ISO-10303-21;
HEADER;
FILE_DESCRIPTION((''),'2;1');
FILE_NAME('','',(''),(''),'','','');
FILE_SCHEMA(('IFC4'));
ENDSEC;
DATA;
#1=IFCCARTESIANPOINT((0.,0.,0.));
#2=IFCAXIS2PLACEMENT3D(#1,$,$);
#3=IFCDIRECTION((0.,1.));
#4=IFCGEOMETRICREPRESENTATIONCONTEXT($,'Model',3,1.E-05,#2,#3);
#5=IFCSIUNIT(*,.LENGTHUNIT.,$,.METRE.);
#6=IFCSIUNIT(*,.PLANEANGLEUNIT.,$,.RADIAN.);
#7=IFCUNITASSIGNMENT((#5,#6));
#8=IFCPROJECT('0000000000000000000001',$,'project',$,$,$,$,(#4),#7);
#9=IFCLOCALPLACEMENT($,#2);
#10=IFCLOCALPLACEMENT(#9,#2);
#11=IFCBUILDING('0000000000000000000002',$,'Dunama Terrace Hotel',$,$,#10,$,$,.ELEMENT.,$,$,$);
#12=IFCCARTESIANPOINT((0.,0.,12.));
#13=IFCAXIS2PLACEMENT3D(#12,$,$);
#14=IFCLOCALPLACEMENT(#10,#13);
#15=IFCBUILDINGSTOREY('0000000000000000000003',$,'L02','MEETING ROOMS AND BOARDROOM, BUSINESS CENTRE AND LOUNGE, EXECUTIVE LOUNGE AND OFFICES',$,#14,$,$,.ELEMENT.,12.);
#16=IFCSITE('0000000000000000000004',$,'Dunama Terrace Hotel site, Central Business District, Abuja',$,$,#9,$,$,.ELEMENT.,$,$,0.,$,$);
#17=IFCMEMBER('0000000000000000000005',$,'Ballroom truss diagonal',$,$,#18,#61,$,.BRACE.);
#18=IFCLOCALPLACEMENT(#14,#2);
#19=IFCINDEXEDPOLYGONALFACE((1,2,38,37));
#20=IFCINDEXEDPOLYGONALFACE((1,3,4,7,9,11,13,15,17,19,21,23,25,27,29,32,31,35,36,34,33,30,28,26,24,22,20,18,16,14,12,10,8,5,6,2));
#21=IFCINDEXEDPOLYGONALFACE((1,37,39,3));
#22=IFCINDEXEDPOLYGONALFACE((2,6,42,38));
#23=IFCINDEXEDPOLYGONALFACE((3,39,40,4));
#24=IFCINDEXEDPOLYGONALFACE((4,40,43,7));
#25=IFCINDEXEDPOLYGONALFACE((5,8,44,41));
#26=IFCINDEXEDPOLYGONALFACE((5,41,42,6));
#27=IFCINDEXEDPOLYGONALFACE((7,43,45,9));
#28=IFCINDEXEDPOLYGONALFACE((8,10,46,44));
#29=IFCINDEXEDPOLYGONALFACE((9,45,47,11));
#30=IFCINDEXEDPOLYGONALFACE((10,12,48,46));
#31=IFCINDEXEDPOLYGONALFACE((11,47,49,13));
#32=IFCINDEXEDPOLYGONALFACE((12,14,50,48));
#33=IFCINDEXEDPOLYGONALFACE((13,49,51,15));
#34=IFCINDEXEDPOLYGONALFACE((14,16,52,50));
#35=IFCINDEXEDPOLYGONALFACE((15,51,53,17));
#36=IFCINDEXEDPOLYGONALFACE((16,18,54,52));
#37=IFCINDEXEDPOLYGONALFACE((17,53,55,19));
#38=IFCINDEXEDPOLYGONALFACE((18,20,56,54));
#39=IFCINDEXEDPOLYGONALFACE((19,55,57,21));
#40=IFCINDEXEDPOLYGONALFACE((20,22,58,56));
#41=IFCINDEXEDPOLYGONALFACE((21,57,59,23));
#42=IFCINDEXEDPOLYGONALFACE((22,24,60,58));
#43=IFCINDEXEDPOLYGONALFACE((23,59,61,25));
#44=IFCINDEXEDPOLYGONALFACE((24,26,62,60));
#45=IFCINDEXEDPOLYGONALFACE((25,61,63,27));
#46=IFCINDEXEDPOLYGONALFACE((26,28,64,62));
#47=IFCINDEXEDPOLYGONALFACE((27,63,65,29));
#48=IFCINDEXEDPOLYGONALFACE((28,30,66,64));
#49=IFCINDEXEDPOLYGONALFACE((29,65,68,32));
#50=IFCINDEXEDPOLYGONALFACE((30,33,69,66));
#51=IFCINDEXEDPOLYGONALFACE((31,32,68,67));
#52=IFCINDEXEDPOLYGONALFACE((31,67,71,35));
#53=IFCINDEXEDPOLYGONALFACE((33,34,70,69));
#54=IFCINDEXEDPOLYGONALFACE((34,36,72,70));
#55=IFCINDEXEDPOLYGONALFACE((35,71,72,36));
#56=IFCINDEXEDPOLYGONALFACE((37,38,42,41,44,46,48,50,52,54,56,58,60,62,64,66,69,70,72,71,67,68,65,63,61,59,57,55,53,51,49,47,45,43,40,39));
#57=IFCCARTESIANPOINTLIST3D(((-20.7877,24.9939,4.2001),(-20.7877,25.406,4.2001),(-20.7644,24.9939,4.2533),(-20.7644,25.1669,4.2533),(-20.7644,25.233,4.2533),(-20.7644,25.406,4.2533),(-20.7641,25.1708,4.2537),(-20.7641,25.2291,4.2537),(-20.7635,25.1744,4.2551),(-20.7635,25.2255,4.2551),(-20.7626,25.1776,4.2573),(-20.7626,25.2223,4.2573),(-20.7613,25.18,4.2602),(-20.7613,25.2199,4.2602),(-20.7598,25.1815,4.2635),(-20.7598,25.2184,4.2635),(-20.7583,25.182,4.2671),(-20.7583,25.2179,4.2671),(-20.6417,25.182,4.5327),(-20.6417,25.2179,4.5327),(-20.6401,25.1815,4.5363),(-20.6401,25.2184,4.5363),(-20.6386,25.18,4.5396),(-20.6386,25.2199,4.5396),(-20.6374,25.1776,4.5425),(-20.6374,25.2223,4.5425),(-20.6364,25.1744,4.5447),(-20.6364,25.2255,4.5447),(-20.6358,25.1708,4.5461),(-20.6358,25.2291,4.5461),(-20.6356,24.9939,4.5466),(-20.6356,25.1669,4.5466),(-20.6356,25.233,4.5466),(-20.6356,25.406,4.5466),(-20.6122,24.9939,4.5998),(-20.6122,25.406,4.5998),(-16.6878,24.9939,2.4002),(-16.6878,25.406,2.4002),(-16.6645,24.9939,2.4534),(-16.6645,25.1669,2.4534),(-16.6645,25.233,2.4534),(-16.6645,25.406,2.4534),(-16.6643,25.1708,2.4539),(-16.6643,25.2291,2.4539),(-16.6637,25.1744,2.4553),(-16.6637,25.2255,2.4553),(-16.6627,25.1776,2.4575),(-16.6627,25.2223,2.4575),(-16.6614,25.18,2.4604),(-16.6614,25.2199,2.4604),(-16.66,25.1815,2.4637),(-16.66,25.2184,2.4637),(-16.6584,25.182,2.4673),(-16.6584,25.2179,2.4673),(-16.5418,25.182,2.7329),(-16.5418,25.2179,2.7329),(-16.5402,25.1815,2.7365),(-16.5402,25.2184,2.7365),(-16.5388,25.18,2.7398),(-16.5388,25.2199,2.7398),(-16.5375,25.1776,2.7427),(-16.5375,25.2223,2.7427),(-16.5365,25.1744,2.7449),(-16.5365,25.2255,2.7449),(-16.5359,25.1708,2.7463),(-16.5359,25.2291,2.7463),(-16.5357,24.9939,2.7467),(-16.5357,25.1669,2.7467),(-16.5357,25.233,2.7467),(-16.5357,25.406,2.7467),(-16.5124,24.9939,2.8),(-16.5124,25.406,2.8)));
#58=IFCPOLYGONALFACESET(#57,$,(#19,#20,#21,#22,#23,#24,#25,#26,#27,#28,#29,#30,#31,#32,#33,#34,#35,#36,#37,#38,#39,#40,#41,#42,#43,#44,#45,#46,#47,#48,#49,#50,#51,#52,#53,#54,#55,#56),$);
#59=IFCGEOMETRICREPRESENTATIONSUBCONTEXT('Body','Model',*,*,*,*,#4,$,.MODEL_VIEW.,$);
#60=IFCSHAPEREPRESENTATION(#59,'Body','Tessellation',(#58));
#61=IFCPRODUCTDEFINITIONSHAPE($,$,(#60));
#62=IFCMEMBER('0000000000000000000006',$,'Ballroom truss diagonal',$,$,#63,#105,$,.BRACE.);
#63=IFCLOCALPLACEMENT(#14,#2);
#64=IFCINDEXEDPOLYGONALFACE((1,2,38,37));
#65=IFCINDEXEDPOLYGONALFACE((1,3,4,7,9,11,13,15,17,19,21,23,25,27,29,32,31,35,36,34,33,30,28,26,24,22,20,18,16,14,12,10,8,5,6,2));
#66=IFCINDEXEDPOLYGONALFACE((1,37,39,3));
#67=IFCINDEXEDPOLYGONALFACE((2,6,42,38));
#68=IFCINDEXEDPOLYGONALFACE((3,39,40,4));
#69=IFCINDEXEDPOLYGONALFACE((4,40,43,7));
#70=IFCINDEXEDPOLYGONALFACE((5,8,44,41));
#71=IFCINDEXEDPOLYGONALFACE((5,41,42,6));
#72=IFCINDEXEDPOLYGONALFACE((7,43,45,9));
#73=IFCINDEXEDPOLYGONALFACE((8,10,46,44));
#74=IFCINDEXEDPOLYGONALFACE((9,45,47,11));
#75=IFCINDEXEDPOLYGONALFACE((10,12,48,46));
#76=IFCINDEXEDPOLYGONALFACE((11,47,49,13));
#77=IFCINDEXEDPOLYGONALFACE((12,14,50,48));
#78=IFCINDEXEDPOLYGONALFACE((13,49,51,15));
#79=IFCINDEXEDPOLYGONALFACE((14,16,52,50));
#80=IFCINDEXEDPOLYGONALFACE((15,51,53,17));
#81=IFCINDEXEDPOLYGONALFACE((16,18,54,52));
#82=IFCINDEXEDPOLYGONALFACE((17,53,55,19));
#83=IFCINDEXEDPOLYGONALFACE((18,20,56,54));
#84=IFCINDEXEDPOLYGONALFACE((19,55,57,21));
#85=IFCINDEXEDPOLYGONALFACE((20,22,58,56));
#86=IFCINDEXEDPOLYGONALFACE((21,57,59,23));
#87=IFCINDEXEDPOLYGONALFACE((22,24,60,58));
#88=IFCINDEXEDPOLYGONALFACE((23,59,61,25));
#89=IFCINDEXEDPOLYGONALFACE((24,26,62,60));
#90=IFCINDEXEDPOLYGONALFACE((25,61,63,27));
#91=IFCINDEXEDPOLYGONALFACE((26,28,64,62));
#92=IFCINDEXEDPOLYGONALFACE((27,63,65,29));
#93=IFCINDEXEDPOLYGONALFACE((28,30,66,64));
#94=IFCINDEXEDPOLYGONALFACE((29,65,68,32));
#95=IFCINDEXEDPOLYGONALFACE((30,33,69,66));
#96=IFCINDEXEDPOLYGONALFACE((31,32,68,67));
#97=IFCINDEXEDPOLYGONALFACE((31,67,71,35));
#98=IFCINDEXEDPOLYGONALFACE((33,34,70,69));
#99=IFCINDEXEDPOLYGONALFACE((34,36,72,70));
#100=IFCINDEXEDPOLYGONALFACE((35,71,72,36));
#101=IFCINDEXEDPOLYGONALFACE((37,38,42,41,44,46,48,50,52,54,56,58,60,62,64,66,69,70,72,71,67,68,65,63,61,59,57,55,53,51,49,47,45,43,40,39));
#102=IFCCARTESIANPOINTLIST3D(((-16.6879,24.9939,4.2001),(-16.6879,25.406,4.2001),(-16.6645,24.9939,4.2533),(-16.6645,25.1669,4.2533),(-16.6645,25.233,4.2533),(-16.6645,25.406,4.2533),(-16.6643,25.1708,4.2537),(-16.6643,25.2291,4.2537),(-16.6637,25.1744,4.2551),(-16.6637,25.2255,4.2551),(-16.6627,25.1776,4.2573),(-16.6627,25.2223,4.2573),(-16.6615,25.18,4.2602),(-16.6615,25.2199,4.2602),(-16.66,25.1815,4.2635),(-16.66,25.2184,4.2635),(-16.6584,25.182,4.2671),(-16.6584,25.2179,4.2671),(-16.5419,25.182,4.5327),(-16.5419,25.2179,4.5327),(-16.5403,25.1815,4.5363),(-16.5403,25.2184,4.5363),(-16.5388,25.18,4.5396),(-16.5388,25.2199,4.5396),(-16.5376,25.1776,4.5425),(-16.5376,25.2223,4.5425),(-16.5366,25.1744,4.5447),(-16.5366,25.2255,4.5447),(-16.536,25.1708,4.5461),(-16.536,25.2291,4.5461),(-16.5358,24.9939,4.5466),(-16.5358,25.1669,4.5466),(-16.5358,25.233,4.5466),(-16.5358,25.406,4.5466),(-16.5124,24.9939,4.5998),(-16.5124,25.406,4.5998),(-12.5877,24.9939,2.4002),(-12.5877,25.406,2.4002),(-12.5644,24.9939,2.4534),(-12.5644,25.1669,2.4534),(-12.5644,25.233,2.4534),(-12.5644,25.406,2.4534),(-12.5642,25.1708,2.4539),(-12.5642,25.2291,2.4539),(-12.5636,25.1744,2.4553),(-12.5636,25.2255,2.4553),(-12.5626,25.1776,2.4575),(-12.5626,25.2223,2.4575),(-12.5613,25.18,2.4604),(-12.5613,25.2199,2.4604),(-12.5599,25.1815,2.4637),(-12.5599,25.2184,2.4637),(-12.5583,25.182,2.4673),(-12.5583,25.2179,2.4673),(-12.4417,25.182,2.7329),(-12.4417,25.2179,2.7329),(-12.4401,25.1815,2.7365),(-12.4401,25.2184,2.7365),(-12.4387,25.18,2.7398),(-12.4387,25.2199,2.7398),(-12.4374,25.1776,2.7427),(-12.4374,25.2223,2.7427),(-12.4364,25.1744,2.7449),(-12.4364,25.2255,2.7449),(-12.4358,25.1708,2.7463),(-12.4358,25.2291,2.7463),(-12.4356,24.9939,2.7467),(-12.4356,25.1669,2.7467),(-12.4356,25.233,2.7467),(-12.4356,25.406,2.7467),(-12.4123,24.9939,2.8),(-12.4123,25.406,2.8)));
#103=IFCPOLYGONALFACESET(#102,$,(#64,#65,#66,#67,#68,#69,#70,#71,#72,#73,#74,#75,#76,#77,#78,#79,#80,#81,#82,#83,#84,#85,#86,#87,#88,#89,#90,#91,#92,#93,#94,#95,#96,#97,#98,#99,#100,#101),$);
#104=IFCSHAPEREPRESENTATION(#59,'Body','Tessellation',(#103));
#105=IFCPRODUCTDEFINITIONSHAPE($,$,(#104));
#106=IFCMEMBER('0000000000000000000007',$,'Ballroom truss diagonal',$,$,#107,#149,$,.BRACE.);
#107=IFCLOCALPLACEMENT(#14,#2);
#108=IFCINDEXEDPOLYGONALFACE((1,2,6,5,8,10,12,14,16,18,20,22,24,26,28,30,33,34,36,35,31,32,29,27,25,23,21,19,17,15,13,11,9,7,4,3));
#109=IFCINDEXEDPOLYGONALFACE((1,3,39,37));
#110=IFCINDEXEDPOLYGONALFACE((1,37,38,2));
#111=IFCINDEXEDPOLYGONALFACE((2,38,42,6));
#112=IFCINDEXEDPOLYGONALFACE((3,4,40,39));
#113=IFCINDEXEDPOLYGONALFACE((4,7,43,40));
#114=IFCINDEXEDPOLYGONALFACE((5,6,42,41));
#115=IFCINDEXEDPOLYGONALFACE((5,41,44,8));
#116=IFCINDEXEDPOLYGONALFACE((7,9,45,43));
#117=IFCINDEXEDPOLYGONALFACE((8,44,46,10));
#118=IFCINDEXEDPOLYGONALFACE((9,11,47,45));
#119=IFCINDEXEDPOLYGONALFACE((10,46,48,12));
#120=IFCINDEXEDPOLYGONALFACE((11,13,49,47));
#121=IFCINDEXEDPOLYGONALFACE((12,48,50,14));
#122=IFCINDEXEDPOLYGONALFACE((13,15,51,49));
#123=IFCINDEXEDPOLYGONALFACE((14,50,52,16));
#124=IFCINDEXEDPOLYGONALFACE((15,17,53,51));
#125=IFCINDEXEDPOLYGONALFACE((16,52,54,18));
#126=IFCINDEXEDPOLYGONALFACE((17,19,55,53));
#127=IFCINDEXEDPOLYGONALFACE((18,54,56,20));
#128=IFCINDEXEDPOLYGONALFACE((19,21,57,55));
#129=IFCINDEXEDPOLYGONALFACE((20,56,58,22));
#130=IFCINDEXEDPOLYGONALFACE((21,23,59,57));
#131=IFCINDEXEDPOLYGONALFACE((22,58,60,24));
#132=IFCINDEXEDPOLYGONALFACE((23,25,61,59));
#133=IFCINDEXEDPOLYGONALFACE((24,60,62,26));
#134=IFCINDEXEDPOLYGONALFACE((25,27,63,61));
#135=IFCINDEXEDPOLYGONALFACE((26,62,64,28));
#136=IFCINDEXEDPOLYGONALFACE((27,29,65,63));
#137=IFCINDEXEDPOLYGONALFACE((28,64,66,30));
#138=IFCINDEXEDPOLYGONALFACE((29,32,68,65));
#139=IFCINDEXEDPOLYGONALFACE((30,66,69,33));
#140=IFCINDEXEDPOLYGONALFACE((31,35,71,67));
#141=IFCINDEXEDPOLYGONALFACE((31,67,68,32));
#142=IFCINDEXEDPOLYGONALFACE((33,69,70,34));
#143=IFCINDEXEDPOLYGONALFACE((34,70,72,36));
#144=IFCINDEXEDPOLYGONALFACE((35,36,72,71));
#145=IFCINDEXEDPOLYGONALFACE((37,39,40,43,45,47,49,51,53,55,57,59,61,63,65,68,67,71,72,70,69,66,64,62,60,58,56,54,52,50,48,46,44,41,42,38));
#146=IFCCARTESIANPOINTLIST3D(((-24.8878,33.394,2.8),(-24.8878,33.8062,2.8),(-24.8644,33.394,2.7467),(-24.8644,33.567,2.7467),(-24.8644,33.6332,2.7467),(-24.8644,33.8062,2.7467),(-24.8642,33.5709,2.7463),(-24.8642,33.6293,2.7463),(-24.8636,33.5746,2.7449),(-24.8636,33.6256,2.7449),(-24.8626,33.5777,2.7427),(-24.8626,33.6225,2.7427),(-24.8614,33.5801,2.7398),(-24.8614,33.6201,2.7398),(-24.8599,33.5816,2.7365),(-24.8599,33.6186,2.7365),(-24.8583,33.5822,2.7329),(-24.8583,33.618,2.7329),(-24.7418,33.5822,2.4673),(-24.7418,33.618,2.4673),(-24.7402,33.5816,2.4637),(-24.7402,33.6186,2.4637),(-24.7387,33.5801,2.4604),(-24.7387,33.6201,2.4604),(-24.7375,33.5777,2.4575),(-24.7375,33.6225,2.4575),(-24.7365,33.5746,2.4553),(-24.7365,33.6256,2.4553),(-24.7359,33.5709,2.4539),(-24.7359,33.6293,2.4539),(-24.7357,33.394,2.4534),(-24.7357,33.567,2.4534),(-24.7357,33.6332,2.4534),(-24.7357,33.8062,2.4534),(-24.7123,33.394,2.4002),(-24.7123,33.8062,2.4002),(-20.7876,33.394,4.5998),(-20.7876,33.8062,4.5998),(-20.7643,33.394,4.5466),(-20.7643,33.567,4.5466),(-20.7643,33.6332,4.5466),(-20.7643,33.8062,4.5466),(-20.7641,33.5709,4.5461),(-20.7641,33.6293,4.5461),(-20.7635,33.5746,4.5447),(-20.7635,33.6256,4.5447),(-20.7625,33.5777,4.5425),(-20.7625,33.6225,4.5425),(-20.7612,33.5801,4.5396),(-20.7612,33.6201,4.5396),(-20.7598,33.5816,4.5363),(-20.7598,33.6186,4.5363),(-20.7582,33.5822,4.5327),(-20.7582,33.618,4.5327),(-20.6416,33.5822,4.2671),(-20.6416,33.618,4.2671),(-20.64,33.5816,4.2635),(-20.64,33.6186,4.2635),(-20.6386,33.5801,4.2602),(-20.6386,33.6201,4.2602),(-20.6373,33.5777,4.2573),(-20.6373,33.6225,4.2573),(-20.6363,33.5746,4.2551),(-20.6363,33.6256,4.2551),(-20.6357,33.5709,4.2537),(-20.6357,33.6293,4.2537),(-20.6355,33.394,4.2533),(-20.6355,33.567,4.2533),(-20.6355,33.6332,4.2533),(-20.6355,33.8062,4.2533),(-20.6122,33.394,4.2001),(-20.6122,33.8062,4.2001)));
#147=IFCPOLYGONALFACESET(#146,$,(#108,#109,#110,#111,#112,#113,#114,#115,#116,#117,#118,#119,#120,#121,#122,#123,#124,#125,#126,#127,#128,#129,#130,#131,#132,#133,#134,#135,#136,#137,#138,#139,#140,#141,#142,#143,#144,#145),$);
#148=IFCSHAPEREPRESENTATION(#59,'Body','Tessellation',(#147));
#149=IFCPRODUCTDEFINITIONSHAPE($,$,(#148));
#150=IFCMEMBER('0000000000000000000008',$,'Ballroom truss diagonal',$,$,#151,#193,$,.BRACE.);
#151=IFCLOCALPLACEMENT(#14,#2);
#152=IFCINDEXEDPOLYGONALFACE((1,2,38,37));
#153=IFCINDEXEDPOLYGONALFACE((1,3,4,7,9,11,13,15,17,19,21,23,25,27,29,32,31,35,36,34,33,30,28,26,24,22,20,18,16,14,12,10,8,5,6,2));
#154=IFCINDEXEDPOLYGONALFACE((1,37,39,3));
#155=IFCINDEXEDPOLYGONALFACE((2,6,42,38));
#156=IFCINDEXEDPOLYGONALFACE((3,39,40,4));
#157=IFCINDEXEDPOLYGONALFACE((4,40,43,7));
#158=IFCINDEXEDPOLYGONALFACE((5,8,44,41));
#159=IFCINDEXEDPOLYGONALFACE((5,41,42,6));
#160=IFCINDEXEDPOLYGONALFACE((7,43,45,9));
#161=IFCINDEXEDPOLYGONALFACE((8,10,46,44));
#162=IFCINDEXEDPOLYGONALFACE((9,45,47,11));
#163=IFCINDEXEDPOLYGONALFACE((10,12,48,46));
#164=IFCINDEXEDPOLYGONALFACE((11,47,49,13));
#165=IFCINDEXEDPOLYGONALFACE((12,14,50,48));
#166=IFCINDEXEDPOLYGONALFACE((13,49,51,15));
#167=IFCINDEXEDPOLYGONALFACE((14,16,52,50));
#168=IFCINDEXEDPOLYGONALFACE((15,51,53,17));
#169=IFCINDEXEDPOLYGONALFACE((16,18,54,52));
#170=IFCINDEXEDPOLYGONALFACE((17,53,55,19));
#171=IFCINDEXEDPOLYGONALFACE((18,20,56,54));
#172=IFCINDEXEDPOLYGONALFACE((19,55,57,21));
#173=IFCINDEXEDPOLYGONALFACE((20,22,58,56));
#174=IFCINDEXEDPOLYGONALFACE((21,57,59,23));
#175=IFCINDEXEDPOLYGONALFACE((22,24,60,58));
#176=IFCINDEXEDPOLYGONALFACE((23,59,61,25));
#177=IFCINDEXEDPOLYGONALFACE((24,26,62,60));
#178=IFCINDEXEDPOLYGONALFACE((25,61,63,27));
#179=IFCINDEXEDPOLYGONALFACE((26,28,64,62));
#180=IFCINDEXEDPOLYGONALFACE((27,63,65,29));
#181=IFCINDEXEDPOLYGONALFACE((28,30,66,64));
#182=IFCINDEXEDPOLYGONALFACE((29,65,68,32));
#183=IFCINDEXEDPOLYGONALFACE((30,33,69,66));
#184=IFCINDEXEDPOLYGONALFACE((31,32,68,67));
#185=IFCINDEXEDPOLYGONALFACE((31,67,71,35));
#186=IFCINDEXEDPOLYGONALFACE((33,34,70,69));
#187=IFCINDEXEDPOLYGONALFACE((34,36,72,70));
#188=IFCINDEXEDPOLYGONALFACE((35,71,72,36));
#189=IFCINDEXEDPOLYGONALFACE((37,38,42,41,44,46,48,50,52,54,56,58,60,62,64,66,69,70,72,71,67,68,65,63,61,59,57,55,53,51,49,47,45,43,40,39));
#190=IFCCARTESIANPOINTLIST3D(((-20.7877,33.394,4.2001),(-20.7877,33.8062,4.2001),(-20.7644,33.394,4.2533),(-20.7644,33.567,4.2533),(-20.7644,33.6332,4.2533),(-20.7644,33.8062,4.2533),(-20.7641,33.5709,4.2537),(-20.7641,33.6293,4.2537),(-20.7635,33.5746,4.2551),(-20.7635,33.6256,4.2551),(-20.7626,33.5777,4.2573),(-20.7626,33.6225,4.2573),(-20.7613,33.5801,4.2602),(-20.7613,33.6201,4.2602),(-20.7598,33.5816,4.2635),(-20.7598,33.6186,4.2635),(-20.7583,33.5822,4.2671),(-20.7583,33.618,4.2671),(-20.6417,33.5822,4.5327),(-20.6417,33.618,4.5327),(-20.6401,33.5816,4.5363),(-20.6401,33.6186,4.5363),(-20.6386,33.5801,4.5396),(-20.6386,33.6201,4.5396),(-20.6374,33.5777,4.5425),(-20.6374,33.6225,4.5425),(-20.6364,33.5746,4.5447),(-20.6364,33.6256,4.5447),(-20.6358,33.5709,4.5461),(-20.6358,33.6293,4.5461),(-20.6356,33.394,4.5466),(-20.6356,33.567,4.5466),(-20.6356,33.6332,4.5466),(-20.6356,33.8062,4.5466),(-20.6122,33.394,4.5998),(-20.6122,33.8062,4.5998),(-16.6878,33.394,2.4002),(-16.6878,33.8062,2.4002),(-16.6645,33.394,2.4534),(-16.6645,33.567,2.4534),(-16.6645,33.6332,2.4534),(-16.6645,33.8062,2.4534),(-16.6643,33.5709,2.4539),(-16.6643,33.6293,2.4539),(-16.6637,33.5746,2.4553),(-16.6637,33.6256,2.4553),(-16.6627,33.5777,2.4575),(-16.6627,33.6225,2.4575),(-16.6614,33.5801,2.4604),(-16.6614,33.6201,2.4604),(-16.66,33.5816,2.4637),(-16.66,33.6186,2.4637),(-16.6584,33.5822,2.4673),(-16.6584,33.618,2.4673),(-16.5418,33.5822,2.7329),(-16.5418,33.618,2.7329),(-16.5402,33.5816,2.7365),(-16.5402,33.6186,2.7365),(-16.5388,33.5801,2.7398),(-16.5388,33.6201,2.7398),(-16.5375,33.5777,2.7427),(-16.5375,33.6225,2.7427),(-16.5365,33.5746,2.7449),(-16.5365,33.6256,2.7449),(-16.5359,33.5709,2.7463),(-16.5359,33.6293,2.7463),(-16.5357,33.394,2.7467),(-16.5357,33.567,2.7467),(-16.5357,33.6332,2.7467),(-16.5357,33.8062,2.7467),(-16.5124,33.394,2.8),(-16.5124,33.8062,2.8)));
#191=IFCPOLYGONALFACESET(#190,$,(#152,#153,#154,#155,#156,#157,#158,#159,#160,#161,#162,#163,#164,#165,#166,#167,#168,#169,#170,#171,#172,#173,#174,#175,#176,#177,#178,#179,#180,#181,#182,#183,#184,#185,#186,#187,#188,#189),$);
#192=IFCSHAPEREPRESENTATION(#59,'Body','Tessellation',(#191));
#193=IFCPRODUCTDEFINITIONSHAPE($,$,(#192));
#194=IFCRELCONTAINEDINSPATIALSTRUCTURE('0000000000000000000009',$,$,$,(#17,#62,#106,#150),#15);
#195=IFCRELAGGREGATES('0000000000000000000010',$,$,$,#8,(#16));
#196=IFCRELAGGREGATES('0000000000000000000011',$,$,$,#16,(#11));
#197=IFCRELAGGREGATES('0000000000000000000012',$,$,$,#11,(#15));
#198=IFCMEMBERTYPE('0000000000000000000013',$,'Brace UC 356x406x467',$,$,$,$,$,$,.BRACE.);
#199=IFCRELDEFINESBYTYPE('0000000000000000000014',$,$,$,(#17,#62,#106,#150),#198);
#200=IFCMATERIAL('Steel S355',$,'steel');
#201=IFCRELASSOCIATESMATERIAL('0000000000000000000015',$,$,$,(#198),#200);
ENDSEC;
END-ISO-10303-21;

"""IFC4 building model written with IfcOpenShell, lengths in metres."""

from ifc_helpers import new_model, si_unit, direction, frame, origin, origin_2d, place, context, subcontext, project, spatial, i_section, extrude, material, material_profile, profile_set, type_object, element, save


model = new_model("IFC4")

# Units and contexts
model_context = context("Model", 3, precision=1e-05, world=origin(), true_north=direction((0.0, 1.0)))
body_context = subcontext(model_context, "Body", "Model", "MODEL_VIEW")
ifc_project = project(units=[si_unit("LENGTHUNIT", "METRE"), si_unit("PLANEANGLEUNIT", "RADIAN")], contexts=[model_context])

# Site, building, storey
site_placement = place(None, origin())
site = spatial("IfcSite", under=ifc_project, at=site_placement, Name="Dunama Terrace Hotel site, Central Business District, Abuja", CompositionType="ELEMENT", RefElevation=0.0)
building_placement = place(site_placement, origin())
building = spatial("IfcBuilding", under=site, at=building_placement, Name="Dunama Terrace Hotel", CompositionType="ELEMENT")
storey_placement = place(building_placement, frame((0.0, 0.0, 12.0)))
storey = spatial("IfcBuildingStorey", under=building, at=storey_placement, Name="L02", Description="MEETING ROOMS AND BOARDROOM, BUSINESS CENTRE AND LOUNGE, EXECUTIVE LOUNGE AND OFFICES", CompositionType="ELEMENT", Elevation=12.0)

# Members
ifc_material_1 = material(Name="Steel S355", Category="steel")
ifc_material_profile_1 = material_profile(ifc_material_1, i_section(OverallWidth=0.4121, OverallDepth=0.4365, WebThickness=0.0359, FlangeThickness=0.0581, FilletRadius=0.0151, at=origin_2d()), Name="UC 356x406x467")
ifc_profile_set_1 = profile_set([ifc_material_profile_1], Name="Steel S355")
member_type_1 = type_object("IfcMemberType", Name="Brace UC 356x406x467", PredefinedType="BRACE", material=ifc_profile_set_1)
member_1_placement = place(storey_placement, frame((-16.6001, 25.2, 2.6001), z_axis=(-0.915655, 0.0, 0.401966), x_axis=(0.0, -1.0, 0.0)))
element("IfcMember", 1, at=member_1_placement, inside=storey, type_object=member_type_1, Name="Ballroom truss diagonal", PredefinedType="BRACE", context=body_context, shape_type="SweptSolid", body=[
    extrude(i_section(OverallWidth=0.4121, OverallDepth=0.4365, WebThickness=0.0359, FlangeThickness=0.0581, FilletRadius=0.0151, at=origin_2d()), origin(), (0.0, 0.0, 1.0), 4.4775),
])
for number, where, z_axis, x_axis, name in (
    (2, (-12.5, 25.2, 2.6001), (-0.915664, 0.0, 0.401945), (0.0, -1.0, 0.0), "Ballroom truss diagonal"),
    (3, (-24.8, 33.6001, 2.6001), (0.915664, 0.0, 0.401945), (0.0, 1.0, 0.0), "Ballroom truss diagonal"),
):
    element("IfcMember", number, at=place(storey_placement, frame(where, z_axis=z_axis, x_axis=x_axis)), inside=storey, type_object=member_type_1, Name=name, PredefinedType="BRACE", context=body_context, shape_type="SweptSolid", body=[
        extrude(i_section(OverallWidth=0.4121, OverallDepth=0.4365, WebThickness=0.0359, FlangeThickness=0.0581, FilletRadius=0.0151, at=origin_2d()), origin(), (0.0, 0.0, 1.0), 4.4778),
    ])
member_2_placement = place(storey_placement, frame((-16.6001, 33.6001, 2.6001), z_axis=(-0.915655, 0.0, 0.401966), x_axis=(0.0, -1.0, 0.0)))
element("IfcMember", 4, at=member_2_placement, inside=storey, type_object=member_type_1, Name="Ballroom truss diagonal", PredefinedType="BRACE", context=body_context, shape_type="SweptSolid", body=[
    extrude(i_section(OverallWidth=0.4121, OverallDepth=0.4365, WebThickness=0.0359, FlangeThickness=0.0581, FilletRadius=0.0151, at=origin_2d()), origin(), (0.0, 0.0, 1.0), 4.4775),
])

save(model, "model.ifc")
